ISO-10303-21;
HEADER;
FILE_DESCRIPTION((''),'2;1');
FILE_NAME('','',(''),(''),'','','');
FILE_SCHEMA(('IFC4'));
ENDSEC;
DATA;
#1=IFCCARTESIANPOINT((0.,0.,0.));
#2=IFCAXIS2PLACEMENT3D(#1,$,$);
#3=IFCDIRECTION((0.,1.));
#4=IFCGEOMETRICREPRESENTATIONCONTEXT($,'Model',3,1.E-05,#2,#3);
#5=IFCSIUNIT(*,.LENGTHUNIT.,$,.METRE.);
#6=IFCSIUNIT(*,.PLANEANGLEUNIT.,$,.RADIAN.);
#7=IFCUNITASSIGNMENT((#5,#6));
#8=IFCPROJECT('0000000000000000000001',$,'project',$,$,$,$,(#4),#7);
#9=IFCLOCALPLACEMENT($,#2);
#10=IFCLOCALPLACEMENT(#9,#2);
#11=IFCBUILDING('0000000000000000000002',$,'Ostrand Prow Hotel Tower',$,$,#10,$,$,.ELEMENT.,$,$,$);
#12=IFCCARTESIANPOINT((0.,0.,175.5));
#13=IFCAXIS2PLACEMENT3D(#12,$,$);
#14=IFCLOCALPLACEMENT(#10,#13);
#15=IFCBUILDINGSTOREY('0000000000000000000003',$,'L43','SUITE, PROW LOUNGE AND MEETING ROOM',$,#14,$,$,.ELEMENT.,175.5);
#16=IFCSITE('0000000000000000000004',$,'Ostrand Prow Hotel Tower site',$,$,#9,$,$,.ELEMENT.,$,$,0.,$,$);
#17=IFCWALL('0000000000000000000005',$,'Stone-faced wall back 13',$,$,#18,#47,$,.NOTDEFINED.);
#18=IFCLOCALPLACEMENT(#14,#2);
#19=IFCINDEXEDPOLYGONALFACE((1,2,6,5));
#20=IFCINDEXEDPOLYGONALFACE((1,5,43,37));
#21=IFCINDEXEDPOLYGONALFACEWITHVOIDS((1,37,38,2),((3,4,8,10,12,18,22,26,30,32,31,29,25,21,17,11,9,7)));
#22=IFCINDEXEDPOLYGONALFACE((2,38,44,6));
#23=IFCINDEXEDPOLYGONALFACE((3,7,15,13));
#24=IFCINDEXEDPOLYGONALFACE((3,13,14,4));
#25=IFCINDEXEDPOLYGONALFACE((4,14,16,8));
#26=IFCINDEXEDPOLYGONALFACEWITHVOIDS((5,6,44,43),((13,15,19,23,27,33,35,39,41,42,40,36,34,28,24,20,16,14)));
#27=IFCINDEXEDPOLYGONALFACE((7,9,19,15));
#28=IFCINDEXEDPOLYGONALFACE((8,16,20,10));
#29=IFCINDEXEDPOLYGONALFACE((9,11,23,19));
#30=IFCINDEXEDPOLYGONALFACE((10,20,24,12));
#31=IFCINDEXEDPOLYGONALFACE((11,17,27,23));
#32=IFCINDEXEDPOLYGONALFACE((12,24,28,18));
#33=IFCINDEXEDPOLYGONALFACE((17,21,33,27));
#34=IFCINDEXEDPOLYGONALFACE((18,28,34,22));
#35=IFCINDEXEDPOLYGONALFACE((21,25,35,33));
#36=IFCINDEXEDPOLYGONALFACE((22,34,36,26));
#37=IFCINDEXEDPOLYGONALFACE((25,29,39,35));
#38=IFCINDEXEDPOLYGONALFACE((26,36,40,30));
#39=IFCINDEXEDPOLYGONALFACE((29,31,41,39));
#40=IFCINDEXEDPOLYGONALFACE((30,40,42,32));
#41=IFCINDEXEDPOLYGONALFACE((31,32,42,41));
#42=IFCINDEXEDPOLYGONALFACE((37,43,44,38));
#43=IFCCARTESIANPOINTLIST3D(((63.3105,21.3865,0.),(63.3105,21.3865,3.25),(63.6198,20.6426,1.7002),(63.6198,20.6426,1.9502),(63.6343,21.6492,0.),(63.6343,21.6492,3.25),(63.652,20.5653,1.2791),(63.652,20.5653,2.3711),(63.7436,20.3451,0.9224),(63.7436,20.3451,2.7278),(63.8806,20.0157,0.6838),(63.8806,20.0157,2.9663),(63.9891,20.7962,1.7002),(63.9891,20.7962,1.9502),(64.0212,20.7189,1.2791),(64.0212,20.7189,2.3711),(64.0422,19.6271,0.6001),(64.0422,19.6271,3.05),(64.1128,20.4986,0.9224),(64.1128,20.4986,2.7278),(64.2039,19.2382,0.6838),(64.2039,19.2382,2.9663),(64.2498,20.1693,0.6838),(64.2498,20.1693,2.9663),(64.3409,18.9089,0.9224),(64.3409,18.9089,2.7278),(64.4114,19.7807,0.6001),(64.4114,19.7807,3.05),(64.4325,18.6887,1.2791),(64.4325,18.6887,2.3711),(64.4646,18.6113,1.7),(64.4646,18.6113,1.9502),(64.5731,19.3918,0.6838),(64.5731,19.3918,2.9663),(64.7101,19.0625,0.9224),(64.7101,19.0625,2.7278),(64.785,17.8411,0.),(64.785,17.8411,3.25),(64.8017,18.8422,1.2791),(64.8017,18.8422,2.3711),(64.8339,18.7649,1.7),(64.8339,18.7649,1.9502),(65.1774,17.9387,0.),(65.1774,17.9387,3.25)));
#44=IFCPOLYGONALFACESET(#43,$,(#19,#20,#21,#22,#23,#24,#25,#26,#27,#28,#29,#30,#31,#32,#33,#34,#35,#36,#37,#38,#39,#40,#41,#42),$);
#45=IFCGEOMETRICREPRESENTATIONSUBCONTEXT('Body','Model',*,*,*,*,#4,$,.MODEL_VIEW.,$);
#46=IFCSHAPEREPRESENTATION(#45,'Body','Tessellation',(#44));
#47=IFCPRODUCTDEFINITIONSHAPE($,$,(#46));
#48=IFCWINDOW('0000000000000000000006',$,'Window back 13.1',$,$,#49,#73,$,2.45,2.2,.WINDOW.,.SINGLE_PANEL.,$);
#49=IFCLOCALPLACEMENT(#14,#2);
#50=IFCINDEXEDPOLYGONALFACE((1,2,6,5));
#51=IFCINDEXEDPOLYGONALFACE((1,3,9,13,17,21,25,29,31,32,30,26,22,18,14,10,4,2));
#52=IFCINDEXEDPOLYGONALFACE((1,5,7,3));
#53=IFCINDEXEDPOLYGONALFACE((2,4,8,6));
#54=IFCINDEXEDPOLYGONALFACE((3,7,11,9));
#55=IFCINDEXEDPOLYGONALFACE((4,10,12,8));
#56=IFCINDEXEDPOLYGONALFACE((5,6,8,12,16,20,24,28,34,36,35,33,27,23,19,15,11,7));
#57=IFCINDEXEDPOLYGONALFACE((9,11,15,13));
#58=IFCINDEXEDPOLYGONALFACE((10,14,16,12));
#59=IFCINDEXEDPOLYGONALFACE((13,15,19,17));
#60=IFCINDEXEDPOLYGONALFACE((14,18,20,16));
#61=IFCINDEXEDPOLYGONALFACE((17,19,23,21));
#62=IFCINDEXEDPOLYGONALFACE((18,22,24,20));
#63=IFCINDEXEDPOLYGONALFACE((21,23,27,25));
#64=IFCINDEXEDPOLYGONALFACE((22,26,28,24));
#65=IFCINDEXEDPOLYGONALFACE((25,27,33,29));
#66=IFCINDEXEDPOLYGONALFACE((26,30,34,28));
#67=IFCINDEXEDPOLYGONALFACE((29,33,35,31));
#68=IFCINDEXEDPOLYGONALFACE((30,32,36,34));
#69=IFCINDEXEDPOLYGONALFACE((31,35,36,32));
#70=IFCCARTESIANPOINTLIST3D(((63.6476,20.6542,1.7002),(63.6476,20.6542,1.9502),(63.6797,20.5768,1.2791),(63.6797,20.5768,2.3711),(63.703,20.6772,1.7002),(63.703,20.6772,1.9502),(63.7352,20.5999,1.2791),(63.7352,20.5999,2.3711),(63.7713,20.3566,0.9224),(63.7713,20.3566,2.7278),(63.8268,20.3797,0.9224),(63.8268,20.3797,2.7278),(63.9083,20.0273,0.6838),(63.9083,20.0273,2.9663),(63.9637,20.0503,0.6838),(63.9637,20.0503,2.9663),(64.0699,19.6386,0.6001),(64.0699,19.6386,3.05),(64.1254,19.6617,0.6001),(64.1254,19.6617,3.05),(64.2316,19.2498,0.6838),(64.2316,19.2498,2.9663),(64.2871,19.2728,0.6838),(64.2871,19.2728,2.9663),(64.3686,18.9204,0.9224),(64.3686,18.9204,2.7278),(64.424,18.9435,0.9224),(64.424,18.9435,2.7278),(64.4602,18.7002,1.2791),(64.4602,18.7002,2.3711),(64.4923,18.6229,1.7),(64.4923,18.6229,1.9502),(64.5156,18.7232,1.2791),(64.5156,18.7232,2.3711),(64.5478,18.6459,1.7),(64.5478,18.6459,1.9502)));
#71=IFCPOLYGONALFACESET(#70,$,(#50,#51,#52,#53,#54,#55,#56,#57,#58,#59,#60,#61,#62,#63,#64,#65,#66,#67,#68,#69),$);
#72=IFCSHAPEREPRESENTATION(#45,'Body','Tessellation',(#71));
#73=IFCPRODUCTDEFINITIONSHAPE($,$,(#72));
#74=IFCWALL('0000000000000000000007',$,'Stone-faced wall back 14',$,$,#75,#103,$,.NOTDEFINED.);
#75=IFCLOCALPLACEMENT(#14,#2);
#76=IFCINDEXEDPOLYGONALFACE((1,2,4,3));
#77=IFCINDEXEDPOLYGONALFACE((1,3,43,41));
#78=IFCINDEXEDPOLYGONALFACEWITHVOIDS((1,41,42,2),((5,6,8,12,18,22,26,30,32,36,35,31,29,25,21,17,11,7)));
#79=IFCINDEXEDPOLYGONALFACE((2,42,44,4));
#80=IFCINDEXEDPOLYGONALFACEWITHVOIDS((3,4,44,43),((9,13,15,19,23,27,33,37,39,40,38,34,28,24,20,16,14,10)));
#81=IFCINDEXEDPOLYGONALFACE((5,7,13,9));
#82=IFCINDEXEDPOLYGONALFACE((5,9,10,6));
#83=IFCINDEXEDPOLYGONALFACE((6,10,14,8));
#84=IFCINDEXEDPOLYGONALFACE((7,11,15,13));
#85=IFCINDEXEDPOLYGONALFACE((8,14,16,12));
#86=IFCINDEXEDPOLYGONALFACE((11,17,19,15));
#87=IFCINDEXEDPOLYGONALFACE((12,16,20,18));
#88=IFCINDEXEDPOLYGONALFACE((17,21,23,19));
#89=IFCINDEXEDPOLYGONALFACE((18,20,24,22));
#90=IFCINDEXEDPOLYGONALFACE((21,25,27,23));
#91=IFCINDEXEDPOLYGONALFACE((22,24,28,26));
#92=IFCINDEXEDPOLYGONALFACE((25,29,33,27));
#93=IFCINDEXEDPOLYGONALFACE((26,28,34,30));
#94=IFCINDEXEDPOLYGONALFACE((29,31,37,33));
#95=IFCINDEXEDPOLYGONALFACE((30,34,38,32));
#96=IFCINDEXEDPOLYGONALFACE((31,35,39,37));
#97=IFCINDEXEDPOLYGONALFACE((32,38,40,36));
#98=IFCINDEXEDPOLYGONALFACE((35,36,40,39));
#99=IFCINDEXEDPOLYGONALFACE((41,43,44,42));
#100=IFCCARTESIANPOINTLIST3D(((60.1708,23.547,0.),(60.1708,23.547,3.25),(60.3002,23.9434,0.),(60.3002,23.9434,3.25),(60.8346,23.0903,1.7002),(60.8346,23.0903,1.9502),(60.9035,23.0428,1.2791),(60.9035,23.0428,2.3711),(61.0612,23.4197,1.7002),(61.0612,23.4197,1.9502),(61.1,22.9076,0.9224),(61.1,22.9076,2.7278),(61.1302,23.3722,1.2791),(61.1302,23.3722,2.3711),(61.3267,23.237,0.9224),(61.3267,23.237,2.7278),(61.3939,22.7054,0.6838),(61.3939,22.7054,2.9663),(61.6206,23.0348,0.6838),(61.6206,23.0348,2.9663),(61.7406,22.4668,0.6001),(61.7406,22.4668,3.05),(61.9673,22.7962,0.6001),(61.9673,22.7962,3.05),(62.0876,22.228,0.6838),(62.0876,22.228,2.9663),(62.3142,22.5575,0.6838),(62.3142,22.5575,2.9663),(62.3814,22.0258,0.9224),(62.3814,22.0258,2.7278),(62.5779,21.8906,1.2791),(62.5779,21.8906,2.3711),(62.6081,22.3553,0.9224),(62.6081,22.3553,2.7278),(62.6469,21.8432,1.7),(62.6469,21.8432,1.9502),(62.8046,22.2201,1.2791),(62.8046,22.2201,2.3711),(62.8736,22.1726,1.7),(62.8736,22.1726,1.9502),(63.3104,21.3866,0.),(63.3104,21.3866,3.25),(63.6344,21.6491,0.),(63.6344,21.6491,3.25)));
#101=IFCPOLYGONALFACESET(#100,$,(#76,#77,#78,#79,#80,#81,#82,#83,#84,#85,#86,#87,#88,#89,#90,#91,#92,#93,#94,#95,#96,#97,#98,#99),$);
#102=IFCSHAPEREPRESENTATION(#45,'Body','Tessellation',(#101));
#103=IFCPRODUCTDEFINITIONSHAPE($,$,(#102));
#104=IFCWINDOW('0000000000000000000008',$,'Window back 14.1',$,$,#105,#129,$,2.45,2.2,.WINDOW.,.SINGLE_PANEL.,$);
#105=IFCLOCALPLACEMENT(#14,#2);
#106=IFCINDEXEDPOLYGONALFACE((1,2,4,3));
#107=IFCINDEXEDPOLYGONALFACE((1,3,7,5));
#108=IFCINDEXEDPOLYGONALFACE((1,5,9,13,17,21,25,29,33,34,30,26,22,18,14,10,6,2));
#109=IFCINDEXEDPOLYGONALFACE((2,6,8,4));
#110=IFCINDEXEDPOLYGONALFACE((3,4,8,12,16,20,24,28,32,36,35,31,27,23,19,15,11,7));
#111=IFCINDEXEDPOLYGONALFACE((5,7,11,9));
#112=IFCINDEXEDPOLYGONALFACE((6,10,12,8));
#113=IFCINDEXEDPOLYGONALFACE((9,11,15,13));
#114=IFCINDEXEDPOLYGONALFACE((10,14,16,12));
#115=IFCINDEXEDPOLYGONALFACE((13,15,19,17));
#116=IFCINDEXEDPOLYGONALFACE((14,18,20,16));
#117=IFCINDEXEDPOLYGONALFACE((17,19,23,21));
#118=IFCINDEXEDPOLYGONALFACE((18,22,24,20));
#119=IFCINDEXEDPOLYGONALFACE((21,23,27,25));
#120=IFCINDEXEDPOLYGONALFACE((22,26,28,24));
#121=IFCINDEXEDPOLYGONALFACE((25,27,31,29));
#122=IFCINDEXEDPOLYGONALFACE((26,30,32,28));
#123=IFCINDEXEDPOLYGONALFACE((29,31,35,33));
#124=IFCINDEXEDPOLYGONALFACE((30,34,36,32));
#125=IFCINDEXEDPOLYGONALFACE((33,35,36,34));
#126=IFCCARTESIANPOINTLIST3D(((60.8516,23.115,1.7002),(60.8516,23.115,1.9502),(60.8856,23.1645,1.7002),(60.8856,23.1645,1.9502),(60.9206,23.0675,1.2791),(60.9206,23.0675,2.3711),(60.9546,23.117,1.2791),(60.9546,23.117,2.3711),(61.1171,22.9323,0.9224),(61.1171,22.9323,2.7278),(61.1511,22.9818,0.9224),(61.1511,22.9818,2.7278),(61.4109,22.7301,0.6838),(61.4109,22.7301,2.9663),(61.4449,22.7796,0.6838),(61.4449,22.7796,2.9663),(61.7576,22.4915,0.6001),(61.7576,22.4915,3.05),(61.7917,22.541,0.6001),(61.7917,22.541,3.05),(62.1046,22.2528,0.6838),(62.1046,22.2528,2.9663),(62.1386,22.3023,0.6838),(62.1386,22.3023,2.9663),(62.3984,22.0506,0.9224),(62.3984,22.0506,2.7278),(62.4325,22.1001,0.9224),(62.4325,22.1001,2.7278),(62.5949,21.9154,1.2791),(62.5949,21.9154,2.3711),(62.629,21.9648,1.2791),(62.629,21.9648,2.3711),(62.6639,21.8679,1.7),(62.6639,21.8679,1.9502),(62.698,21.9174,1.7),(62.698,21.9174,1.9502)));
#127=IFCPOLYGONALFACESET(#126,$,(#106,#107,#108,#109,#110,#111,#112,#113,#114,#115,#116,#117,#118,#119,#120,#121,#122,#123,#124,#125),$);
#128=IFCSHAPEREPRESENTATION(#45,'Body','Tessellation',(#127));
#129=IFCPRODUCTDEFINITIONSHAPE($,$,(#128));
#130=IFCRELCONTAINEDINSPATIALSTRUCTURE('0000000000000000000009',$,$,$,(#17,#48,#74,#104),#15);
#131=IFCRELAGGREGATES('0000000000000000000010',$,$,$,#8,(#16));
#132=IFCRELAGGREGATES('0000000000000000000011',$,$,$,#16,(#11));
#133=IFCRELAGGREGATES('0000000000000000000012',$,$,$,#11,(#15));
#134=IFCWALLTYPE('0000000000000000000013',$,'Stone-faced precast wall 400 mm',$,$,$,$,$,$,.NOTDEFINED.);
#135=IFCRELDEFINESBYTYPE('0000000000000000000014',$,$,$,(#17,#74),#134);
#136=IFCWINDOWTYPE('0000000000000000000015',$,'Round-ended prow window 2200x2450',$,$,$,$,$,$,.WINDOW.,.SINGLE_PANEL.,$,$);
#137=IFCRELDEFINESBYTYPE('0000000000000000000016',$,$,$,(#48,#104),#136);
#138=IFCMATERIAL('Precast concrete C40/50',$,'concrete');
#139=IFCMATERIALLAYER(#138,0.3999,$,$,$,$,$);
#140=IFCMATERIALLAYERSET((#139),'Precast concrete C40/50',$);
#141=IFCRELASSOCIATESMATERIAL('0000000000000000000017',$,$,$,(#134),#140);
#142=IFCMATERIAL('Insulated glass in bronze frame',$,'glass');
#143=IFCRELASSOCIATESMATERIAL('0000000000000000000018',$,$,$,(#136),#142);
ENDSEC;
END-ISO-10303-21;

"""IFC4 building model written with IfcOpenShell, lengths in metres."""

from ifc_helpers import new_model, si_unit, direction, frame, origin, place, context, subcontext, project, spatial, polyline, outline, extrude, material, layer, layer_set, type_object, element, fill, save


model = new_model("IFC4")

# Units and contexts
model_context = context("Model", 3, precision=1e-05, world=origin(), true_north=direction((0.0, 1.0)))
body_context = subcontext(model_context, "Body", "Model", "MODEL_VIEW")
ifc_project = project(units=[si_unit("LENGTHUNIT", "METRE"), si_unit("PLANEANGLEUNIT", "RADIAN")], contexts=[model_context])

# Site, building, storey
site_placement = place(None, origin())
site = spatial("IfcSite", under=ifc_project, at=site_placement, Name="Ostrand Prow Hotel Tower site", CompositionType="ELEMENT", RefElevation=0.0)
building_placement = place(site_placement, origin())
building = spatial("IfcBuilding", under=site, at=building_placement, Name="Ostrand Prow Hotel Tower", CompositionType="ELEMENT")
storey_placement = place(building_placement, frame((0.0, 0.0, 175.5)))
storey = spatial("IfcBuildingStorey", under=building, at=storey_placement, Name="L43", Description="SUITE, PROW LOUNGE AND MEETING ROOM", CompositionType="ELEMENT", Elevation=175.5)

# Walls, openings, windows
ifc_material_1 = material(Name="Precast concrete C40/50", Category="concrete")
ifc_layer_1 = layer(ifc_material_1, 0.3999)
ifc_layer_set_1 = layer_set([ifc_layer_1], Name="Precast concrete C40/50")
wall_type_1 = type_object("IfcWallType", Name="Stone-faced precast wall 400 mm", PredefinedType="NOTDEFINED", material=ifc_layer_set_1)
wall_1_placement = place(storey_placement, frame((64.9812, 17.8899, 0.0), z_axis=(0.0, 0.0, 1.0), x_axis=(-0.383998, 0.923334, 0.0)))
wall_1 = element("IfcWall", 1, at=wall_1_placement, inside=storey, type_object=wall_type_1, Name="Stone-faced wall back 13", PredefinedType="NOTDEFINED", context=body_context, shape_type="SweptSolid", body=[
    extrude(outline(polyline([(-0.0303, -0.2), (3.9883, -0.2), (3.8701, 0.2), (0.0303, 0.2), (-0.0303, -0.2)])), origin(), (0.0, 0.0, 1.0), 3.25),
])
opening_1_placement = place(wall_1_placement, frame((0.8645, 0.0, 0.6001)))
opening_1 = element("IfcOpeningElement", 2, at=opening_1_placement, cuts=wall_1, PredefinedType="OPENING", context=body_context, shape_type="SweptSolid", body=[
    extrude(outline(polyline([(0.0, 1.3501), (0.0837, 1.771), (0.3223, 2.1277), (0.679, 2.3662), (1.1001, 2.45), (1.521, 2.3662), (1.8777, 2.1277), (2.1162, 1.771), (2.2, 1.3501), (2.2, 1.1001), (2.1162, 0.679), (1.8777, 0.3223), (1.521, 0.0837), (1.1001, 0.0), (0.679, 0.0837), (0.3223, 0.3223), (0.0837, 0.679), (0.0, 1.0999), (0.0, 1.3501)])), frame((0.0, 0.21, 0.0), z_axis=(0.0, -1.0, 0.0), x_axis=(1.0, 0.0, 0.0)), (0.0, 0.0, 1.0), 0.4199),
])
ifc_material_2 = material(Name="Insulated glass in bronze frame", Category="glass")
window_type_1 = type_object("IfcWindowType", Name="Round-ended prow window 2200x2450", PartitioningType="SINGLE_PANEL", PredefinedType="WINDOW", material=ifc_material_2)
window_1_placement = place(opening_1_placement, origin())
window_1 = element("IfcWindow", 3, at=window_1_placement, inside=storey, type_object=window_type_1, Name="Window back 13.1", OverallHeight=2.45, OverallWidth=2.2, PartitioningType="SINGLE_PANEL", PredefinedType="WINDOW", context=body_context, shape_type="SweptSolid", body=[
    extrude(outline(polyline([(0.0, 1.3501), (0.0837, 1.771), (0.3223, 2.1277), (0.679, 2.3662), (1.1001, 2.45), (1.521, 2.3662), (1.8777, 2.1277), (2.1162, 1.771), (2.2, 1.3501), (2.2, 1.1001), (2.1162, 0.679), (1.8777, 0.3223), (1.521, 0.0837), (1.1001, 0.0), (0.679, 0.0837), (0.3223, 0.3223), (0.0837, 0.679), (0.0, 1.0999), (0.0, 1.3501)])), frame((0.0, 0.1699, 0.0), z_axis=(0.0, -1.0, 0.0), x_axis=(1.0, 0.0, 0.0)), (0.0, 0.0, 1.0), 0.0601),
])
fill(opening_1, window_1)
wall_2_placement = place(storey_placement, frame((63.4724, 21.5178, 0.0), z_axis=(0.0, 0.0, 1.0), x_axis=(-0.823806, 0.566872, 0.0)))
wall_2 = element("IfcWall", 4, at=wall_2_placement, inside=storey, type_object=wall_type_1, Name="Stone-faced wall back 14", PredefinedType="NOTDEFINED", context=body_context, shape_type="SweptSolid", body=[
    extrude(outline(polyline([(-0.0591, -0.2), (3.9883, -0.2), (3.8701, 0.2), (0.0591, 0.2), (-0.0591, -0.2)])), origin(), (0.0, 0.0, 1.0), 3.25),
])
opening_2_placement = place(wall_2_placement, frame((0.8645, 0.0, 0.6001)))
opening_2 = element("IfcOpeningElement", 5, at=opening_2_placement, cuts=wall_2, PredefinedType="OPENING", context=body_context, shape_type="SweptSolid", body=[
    extrude(outline(polyline([(0.0, 1.3501), (0.0837, 1.771), (0.3223, 2.1277), (0.679, 2.3662), (1.1001, 2.45), (1.521, 2.3662), (1.8777, 2.1277), (2.1162, 1.771), (2.2, 1.3501), (2.2, 1.1001), (2.1162, 0.679), (1.8777, 0.3223), (1.521, 0.0837), (1.1001, 0.0), (0.679, 0.0837), (0.3223, 0.3223), (0.0837, 0.679), (0.0, 1.0999), (0.0, 1.3501)])), frame((0.0, 0.21, 0.0), z_axis=(0.0, -1.0, 0.0), x_axis=(1.0, 0.0, 0.0)), (0.0, 0.0, 1.0), 0.4199),
])
window_2_placement = place(opening_2_placement, origin())
window_2 = element("IfcWindow", 6, at=window_2_placement, inside=storey, type_object=window_type_1, Name="Window back 14.1", OverallHeight=2.45, OverallWidth=2.2, PartitioningType="SINGLE_PANEL", PredefinedType="WINDOW", context=body_context, shape_type="SweptSolid", body=[
    extrude(outline(polyline([(0.0, 1.3501), (0.0837, 1.771), (0.3223, 2.1277), (0.679, 2.3662), (1.1001, 2.45), (1.521, 2.3662), (1.8777, 2.1277), (2.1162, 1.771), (2.2, 1.3501), (2.2, 1.1001), (2.1162, 0.679), (1.8777, 0.3223), (1.521, 0.0837), (1.1001, 0.0), (0.679, 0.0837), (0.3223, 0.3223), (0.0837, 0.679), (0.0, 1.0999), (0.0, 1.3501)])), frame((0.0, 0.1699, 0.0), z_axis=(0.0, -1.0, 0.0), x_axis=(1.0, 0.0, 0.0)), (0.0, 0.0, 1.0), 0.0601),
])
fill(opening_2, window_2)

save(model, "model.ifc")
